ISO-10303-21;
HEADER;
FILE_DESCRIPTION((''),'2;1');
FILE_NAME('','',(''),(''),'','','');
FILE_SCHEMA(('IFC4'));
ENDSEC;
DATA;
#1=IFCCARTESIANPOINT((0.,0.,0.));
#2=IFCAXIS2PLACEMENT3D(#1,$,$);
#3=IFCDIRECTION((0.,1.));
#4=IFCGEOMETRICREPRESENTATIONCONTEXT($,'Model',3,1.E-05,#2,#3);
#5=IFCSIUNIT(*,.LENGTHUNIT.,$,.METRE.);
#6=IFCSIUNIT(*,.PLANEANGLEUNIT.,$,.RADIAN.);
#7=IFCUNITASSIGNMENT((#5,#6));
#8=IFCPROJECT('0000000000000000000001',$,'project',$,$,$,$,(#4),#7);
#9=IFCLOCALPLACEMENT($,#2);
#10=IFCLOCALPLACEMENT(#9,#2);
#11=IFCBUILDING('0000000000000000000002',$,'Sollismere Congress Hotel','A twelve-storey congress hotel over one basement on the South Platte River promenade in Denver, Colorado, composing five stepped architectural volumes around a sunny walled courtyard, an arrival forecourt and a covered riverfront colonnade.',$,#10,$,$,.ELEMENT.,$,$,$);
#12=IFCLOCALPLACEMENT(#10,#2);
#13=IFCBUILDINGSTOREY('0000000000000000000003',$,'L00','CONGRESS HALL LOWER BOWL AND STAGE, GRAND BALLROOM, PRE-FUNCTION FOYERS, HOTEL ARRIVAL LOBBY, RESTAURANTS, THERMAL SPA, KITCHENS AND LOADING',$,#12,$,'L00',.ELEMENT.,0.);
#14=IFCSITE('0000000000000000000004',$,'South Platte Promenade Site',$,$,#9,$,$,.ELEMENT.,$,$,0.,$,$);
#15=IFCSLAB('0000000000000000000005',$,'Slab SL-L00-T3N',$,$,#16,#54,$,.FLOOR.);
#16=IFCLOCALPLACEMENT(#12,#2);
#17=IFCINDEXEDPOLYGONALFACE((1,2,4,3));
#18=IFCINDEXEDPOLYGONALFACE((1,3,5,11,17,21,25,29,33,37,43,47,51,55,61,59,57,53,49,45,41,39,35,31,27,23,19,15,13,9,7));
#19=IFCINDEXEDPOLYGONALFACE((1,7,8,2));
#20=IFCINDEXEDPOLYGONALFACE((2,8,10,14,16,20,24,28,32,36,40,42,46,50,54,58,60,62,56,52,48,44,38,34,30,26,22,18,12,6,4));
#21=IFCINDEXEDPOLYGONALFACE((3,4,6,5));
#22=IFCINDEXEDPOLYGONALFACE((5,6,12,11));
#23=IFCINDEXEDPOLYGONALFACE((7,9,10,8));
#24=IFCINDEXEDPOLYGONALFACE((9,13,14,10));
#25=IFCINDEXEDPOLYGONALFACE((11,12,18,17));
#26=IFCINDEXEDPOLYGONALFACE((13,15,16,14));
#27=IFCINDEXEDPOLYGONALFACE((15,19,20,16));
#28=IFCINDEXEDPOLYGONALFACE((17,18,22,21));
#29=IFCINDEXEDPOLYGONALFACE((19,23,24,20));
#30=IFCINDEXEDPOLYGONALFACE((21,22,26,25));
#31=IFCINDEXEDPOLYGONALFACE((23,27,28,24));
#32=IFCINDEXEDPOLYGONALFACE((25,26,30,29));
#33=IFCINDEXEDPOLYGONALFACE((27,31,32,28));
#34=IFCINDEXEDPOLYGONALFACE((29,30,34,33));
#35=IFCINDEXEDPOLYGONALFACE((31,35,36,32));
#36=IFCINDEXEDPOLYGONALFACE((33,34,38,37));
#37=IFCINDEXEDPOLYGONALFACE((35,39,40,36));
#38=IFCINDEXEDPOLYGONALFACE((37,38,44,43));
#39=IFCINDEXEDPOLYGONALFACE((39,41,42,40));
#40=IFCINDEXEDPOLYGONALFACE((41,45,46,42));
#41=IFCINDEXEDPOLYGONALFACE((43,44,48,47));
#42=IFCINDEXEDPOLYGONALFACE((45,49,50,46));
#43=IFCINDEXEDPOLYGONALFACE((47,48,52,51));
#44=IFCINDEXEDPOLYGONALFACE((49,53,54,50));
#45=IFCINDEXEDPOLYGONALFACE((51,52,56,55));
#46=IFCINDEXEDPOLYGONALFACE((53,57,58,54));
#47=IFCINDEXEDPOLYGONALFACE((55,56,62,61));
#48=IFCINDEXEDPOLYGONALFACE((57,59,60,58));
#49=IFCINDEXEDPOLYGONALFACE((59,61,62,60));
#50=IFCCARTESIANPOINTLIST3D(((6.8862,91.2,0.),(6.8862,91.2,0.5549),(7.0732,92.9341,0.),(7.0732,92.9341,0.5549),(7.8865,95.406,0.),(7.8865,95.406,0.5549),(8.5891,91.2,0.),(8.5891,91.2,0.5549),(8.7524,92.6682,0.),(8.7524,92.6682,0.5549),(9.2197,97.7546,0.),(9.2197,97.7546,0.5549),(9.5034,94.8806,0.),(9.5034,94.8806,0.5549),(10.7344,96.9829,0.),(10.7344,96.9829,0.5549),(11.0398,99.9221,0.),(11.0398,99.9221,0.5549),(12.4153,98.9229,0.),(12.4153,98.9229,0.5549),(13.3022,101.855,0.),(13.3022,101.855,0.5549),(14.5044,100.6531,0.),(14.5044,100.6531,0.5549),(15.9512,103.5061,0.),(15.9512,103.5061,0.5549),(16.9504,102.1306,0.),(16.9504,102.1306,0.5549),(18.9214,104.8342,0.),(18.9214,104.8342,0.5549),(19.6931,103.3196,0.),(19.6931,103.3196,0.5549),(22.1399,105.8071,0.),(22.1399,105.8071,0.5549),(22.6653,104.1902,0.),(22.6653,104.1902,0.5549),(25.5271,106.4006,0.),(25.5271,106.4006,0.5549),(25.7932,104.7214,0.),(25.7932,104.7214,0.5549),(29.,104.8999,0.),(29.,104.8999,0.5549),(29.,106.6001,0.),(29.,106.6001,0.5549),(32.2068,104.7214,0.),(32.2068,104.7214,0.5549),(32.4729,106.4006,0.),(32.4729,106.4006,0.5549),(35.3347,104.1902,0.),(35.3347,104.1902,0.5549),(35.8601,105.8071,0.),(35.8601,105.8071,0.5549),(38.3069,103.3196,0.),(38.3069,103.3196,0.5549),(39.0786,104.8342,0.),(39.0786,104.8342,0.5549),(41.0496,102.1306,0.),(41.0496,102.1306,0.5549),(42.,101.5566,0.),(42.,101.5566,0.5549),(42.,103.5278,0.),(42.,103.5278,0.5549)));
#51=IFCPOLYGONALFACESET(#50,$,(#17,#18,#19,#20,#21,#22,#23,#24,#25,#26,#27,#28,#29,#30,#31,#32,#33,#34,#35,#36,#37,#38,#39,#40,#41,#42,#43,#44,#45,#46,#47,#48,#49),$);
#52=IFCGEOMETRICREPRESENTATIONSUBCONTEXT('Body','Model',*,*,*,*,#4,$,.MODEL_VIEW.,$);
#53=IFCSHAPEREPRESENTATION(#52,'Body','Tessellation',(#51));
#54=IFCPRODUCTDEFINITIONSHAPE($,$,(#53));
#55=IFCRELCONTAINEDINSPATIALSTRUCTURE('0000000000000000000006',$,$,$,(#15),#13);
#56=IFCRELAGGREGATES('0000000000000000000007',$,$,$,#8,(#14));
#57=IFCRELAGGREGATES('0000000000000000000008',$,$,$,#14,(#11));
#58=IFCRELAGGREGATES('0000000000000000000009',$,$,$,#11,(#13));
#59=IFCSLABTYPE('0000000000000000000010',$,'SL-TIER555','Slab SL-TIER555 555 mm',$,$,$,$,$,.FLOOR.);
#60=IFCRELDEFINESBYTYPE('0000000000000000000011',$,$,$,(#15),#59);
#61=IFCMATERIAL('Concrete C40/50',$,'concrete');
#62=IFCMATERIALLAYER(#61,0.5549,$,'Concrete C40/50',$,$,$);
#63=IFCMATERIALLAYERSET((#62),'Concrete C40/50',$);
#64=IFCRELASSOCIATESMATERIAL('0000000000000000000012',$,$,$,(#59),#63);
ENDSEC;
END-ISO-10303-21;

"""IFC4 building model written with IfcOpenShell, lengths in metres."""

from ifc_helpers import new_model, si_unit, direction, origin, place, context, subcontext, project, spatial, polyline, outline, extrude, material, layer, layer_set, type_object, element, save


model = new_model("IFC4")

# Units and contexts
model_context = context("Model", 3, precision=1e-05, world=origin(), true_north=direction((0.0, 1.0)))
body_context = subcontext(model_context, "Body", "Model", "MODEL_VIEW")
ifc_project = project(units=[si_unit("LENGTHUNIT", "METRE"), si_unit("PLANEANGLEUNIT", "RADIAN")], contexts=[model_context])

# Site, building, storey
site_placement = place(None, origin())
site = spatial("IfcSite", under=ifc_project, at=site_placement, Name="South Platte Promenade Site", CompositionType="ELEMENT", RefElevation=0.0)
building_placement = place(site_placement, origin())
building = spatial("IfcBuilding", under=site, at=building_placement, Name="Sollismere Congress Hotel", Description="A twelve-storey congress hotel over one basement on the South Platte River promenade in Denver, Colorado, composing five stepped architectural volumes around a sunny walled courtyard, an arrival forecourt and a covered riverfront colonnade.", CompositionType="ELEMENT")
storey_placement = place(building_placement, origin())
storey = spatial("IfcBuildingStorey", under=building, at=storey_placement, Name="L00", Description="CONGRESS HALL LOWER BOWL AND STAGE, GRAND BALLROOM, PRE-FUNCTION FOYERS, HOTEL ARRIVAL LOBBY, RESTAURANTS, THERMAL SPA, KITCHENS AND LOADING", LongName="L00", CompositionType="ELEMENT", Elevation=0.0)

# Slab
ifc_material_1 = material(Name="Concrete C40/50", Category="concrete")
ifc_layer_1 = layer(ifc_material_1, 0.5549, Name="Concrete C40/50")
ifc_layer_set_1 = layer_set([ifc_layer_1], Name="Concrete C40/50")
slab_type_1 = type_object("IfcSlabType", Name="SL-TIER555", Description="Slab SL-TIER555 555 mm", PredefinedType="FLOOR", material=ifc_layer_set_1)
slab_1_placement = place(storey_placement, origin())
element("IfcSlab", 1, at=slab_1_placement, inside=storey, type_object=slab_type_1, Name="Slab SL-L00-T3N", PredefinedType="FLOOR", context=body_context, shape_type="SweptSolid", body=[
    extrude(outline(polyline([(6.8862, 91.2), (8.5891, 91.2), (8.7524, 92.6682), (9.5034, 94.8806), (10.7344, 96.9829), (12.4153, 98.9229), (14.5044, 100.6531), (16.9504, 102.1306), (19.6931, 103.3196), (22.6653, 104.1902), (25.7932, 104.7214), (29.0, 104.8999), (32.2068, 104.7214), (35.3347, 104.1902), (38.3069, 103.3196), (41.0496, 102.1306), (42.0, 101.5566), (42.0, 103.5278), (39.0786, 104.8342), (35.8601, 105.8071), (32.4729, 106.4006), (29.0, 106.6001), (25.5271, 106.4006), (22.1399, 105.8071), (18.9214, 104.8342), (15.9512, 103.5061), (13.3022, 101.855), (11.0398, 99.9221), (9.2197, 97.7546), (7.8865, 95.406), (7.0732, 92.9341), (6.8862, 91.2)])), origin(), (0.0, 0.0, 1.0), 0.5549),
])

save(model, "model.ifc")
